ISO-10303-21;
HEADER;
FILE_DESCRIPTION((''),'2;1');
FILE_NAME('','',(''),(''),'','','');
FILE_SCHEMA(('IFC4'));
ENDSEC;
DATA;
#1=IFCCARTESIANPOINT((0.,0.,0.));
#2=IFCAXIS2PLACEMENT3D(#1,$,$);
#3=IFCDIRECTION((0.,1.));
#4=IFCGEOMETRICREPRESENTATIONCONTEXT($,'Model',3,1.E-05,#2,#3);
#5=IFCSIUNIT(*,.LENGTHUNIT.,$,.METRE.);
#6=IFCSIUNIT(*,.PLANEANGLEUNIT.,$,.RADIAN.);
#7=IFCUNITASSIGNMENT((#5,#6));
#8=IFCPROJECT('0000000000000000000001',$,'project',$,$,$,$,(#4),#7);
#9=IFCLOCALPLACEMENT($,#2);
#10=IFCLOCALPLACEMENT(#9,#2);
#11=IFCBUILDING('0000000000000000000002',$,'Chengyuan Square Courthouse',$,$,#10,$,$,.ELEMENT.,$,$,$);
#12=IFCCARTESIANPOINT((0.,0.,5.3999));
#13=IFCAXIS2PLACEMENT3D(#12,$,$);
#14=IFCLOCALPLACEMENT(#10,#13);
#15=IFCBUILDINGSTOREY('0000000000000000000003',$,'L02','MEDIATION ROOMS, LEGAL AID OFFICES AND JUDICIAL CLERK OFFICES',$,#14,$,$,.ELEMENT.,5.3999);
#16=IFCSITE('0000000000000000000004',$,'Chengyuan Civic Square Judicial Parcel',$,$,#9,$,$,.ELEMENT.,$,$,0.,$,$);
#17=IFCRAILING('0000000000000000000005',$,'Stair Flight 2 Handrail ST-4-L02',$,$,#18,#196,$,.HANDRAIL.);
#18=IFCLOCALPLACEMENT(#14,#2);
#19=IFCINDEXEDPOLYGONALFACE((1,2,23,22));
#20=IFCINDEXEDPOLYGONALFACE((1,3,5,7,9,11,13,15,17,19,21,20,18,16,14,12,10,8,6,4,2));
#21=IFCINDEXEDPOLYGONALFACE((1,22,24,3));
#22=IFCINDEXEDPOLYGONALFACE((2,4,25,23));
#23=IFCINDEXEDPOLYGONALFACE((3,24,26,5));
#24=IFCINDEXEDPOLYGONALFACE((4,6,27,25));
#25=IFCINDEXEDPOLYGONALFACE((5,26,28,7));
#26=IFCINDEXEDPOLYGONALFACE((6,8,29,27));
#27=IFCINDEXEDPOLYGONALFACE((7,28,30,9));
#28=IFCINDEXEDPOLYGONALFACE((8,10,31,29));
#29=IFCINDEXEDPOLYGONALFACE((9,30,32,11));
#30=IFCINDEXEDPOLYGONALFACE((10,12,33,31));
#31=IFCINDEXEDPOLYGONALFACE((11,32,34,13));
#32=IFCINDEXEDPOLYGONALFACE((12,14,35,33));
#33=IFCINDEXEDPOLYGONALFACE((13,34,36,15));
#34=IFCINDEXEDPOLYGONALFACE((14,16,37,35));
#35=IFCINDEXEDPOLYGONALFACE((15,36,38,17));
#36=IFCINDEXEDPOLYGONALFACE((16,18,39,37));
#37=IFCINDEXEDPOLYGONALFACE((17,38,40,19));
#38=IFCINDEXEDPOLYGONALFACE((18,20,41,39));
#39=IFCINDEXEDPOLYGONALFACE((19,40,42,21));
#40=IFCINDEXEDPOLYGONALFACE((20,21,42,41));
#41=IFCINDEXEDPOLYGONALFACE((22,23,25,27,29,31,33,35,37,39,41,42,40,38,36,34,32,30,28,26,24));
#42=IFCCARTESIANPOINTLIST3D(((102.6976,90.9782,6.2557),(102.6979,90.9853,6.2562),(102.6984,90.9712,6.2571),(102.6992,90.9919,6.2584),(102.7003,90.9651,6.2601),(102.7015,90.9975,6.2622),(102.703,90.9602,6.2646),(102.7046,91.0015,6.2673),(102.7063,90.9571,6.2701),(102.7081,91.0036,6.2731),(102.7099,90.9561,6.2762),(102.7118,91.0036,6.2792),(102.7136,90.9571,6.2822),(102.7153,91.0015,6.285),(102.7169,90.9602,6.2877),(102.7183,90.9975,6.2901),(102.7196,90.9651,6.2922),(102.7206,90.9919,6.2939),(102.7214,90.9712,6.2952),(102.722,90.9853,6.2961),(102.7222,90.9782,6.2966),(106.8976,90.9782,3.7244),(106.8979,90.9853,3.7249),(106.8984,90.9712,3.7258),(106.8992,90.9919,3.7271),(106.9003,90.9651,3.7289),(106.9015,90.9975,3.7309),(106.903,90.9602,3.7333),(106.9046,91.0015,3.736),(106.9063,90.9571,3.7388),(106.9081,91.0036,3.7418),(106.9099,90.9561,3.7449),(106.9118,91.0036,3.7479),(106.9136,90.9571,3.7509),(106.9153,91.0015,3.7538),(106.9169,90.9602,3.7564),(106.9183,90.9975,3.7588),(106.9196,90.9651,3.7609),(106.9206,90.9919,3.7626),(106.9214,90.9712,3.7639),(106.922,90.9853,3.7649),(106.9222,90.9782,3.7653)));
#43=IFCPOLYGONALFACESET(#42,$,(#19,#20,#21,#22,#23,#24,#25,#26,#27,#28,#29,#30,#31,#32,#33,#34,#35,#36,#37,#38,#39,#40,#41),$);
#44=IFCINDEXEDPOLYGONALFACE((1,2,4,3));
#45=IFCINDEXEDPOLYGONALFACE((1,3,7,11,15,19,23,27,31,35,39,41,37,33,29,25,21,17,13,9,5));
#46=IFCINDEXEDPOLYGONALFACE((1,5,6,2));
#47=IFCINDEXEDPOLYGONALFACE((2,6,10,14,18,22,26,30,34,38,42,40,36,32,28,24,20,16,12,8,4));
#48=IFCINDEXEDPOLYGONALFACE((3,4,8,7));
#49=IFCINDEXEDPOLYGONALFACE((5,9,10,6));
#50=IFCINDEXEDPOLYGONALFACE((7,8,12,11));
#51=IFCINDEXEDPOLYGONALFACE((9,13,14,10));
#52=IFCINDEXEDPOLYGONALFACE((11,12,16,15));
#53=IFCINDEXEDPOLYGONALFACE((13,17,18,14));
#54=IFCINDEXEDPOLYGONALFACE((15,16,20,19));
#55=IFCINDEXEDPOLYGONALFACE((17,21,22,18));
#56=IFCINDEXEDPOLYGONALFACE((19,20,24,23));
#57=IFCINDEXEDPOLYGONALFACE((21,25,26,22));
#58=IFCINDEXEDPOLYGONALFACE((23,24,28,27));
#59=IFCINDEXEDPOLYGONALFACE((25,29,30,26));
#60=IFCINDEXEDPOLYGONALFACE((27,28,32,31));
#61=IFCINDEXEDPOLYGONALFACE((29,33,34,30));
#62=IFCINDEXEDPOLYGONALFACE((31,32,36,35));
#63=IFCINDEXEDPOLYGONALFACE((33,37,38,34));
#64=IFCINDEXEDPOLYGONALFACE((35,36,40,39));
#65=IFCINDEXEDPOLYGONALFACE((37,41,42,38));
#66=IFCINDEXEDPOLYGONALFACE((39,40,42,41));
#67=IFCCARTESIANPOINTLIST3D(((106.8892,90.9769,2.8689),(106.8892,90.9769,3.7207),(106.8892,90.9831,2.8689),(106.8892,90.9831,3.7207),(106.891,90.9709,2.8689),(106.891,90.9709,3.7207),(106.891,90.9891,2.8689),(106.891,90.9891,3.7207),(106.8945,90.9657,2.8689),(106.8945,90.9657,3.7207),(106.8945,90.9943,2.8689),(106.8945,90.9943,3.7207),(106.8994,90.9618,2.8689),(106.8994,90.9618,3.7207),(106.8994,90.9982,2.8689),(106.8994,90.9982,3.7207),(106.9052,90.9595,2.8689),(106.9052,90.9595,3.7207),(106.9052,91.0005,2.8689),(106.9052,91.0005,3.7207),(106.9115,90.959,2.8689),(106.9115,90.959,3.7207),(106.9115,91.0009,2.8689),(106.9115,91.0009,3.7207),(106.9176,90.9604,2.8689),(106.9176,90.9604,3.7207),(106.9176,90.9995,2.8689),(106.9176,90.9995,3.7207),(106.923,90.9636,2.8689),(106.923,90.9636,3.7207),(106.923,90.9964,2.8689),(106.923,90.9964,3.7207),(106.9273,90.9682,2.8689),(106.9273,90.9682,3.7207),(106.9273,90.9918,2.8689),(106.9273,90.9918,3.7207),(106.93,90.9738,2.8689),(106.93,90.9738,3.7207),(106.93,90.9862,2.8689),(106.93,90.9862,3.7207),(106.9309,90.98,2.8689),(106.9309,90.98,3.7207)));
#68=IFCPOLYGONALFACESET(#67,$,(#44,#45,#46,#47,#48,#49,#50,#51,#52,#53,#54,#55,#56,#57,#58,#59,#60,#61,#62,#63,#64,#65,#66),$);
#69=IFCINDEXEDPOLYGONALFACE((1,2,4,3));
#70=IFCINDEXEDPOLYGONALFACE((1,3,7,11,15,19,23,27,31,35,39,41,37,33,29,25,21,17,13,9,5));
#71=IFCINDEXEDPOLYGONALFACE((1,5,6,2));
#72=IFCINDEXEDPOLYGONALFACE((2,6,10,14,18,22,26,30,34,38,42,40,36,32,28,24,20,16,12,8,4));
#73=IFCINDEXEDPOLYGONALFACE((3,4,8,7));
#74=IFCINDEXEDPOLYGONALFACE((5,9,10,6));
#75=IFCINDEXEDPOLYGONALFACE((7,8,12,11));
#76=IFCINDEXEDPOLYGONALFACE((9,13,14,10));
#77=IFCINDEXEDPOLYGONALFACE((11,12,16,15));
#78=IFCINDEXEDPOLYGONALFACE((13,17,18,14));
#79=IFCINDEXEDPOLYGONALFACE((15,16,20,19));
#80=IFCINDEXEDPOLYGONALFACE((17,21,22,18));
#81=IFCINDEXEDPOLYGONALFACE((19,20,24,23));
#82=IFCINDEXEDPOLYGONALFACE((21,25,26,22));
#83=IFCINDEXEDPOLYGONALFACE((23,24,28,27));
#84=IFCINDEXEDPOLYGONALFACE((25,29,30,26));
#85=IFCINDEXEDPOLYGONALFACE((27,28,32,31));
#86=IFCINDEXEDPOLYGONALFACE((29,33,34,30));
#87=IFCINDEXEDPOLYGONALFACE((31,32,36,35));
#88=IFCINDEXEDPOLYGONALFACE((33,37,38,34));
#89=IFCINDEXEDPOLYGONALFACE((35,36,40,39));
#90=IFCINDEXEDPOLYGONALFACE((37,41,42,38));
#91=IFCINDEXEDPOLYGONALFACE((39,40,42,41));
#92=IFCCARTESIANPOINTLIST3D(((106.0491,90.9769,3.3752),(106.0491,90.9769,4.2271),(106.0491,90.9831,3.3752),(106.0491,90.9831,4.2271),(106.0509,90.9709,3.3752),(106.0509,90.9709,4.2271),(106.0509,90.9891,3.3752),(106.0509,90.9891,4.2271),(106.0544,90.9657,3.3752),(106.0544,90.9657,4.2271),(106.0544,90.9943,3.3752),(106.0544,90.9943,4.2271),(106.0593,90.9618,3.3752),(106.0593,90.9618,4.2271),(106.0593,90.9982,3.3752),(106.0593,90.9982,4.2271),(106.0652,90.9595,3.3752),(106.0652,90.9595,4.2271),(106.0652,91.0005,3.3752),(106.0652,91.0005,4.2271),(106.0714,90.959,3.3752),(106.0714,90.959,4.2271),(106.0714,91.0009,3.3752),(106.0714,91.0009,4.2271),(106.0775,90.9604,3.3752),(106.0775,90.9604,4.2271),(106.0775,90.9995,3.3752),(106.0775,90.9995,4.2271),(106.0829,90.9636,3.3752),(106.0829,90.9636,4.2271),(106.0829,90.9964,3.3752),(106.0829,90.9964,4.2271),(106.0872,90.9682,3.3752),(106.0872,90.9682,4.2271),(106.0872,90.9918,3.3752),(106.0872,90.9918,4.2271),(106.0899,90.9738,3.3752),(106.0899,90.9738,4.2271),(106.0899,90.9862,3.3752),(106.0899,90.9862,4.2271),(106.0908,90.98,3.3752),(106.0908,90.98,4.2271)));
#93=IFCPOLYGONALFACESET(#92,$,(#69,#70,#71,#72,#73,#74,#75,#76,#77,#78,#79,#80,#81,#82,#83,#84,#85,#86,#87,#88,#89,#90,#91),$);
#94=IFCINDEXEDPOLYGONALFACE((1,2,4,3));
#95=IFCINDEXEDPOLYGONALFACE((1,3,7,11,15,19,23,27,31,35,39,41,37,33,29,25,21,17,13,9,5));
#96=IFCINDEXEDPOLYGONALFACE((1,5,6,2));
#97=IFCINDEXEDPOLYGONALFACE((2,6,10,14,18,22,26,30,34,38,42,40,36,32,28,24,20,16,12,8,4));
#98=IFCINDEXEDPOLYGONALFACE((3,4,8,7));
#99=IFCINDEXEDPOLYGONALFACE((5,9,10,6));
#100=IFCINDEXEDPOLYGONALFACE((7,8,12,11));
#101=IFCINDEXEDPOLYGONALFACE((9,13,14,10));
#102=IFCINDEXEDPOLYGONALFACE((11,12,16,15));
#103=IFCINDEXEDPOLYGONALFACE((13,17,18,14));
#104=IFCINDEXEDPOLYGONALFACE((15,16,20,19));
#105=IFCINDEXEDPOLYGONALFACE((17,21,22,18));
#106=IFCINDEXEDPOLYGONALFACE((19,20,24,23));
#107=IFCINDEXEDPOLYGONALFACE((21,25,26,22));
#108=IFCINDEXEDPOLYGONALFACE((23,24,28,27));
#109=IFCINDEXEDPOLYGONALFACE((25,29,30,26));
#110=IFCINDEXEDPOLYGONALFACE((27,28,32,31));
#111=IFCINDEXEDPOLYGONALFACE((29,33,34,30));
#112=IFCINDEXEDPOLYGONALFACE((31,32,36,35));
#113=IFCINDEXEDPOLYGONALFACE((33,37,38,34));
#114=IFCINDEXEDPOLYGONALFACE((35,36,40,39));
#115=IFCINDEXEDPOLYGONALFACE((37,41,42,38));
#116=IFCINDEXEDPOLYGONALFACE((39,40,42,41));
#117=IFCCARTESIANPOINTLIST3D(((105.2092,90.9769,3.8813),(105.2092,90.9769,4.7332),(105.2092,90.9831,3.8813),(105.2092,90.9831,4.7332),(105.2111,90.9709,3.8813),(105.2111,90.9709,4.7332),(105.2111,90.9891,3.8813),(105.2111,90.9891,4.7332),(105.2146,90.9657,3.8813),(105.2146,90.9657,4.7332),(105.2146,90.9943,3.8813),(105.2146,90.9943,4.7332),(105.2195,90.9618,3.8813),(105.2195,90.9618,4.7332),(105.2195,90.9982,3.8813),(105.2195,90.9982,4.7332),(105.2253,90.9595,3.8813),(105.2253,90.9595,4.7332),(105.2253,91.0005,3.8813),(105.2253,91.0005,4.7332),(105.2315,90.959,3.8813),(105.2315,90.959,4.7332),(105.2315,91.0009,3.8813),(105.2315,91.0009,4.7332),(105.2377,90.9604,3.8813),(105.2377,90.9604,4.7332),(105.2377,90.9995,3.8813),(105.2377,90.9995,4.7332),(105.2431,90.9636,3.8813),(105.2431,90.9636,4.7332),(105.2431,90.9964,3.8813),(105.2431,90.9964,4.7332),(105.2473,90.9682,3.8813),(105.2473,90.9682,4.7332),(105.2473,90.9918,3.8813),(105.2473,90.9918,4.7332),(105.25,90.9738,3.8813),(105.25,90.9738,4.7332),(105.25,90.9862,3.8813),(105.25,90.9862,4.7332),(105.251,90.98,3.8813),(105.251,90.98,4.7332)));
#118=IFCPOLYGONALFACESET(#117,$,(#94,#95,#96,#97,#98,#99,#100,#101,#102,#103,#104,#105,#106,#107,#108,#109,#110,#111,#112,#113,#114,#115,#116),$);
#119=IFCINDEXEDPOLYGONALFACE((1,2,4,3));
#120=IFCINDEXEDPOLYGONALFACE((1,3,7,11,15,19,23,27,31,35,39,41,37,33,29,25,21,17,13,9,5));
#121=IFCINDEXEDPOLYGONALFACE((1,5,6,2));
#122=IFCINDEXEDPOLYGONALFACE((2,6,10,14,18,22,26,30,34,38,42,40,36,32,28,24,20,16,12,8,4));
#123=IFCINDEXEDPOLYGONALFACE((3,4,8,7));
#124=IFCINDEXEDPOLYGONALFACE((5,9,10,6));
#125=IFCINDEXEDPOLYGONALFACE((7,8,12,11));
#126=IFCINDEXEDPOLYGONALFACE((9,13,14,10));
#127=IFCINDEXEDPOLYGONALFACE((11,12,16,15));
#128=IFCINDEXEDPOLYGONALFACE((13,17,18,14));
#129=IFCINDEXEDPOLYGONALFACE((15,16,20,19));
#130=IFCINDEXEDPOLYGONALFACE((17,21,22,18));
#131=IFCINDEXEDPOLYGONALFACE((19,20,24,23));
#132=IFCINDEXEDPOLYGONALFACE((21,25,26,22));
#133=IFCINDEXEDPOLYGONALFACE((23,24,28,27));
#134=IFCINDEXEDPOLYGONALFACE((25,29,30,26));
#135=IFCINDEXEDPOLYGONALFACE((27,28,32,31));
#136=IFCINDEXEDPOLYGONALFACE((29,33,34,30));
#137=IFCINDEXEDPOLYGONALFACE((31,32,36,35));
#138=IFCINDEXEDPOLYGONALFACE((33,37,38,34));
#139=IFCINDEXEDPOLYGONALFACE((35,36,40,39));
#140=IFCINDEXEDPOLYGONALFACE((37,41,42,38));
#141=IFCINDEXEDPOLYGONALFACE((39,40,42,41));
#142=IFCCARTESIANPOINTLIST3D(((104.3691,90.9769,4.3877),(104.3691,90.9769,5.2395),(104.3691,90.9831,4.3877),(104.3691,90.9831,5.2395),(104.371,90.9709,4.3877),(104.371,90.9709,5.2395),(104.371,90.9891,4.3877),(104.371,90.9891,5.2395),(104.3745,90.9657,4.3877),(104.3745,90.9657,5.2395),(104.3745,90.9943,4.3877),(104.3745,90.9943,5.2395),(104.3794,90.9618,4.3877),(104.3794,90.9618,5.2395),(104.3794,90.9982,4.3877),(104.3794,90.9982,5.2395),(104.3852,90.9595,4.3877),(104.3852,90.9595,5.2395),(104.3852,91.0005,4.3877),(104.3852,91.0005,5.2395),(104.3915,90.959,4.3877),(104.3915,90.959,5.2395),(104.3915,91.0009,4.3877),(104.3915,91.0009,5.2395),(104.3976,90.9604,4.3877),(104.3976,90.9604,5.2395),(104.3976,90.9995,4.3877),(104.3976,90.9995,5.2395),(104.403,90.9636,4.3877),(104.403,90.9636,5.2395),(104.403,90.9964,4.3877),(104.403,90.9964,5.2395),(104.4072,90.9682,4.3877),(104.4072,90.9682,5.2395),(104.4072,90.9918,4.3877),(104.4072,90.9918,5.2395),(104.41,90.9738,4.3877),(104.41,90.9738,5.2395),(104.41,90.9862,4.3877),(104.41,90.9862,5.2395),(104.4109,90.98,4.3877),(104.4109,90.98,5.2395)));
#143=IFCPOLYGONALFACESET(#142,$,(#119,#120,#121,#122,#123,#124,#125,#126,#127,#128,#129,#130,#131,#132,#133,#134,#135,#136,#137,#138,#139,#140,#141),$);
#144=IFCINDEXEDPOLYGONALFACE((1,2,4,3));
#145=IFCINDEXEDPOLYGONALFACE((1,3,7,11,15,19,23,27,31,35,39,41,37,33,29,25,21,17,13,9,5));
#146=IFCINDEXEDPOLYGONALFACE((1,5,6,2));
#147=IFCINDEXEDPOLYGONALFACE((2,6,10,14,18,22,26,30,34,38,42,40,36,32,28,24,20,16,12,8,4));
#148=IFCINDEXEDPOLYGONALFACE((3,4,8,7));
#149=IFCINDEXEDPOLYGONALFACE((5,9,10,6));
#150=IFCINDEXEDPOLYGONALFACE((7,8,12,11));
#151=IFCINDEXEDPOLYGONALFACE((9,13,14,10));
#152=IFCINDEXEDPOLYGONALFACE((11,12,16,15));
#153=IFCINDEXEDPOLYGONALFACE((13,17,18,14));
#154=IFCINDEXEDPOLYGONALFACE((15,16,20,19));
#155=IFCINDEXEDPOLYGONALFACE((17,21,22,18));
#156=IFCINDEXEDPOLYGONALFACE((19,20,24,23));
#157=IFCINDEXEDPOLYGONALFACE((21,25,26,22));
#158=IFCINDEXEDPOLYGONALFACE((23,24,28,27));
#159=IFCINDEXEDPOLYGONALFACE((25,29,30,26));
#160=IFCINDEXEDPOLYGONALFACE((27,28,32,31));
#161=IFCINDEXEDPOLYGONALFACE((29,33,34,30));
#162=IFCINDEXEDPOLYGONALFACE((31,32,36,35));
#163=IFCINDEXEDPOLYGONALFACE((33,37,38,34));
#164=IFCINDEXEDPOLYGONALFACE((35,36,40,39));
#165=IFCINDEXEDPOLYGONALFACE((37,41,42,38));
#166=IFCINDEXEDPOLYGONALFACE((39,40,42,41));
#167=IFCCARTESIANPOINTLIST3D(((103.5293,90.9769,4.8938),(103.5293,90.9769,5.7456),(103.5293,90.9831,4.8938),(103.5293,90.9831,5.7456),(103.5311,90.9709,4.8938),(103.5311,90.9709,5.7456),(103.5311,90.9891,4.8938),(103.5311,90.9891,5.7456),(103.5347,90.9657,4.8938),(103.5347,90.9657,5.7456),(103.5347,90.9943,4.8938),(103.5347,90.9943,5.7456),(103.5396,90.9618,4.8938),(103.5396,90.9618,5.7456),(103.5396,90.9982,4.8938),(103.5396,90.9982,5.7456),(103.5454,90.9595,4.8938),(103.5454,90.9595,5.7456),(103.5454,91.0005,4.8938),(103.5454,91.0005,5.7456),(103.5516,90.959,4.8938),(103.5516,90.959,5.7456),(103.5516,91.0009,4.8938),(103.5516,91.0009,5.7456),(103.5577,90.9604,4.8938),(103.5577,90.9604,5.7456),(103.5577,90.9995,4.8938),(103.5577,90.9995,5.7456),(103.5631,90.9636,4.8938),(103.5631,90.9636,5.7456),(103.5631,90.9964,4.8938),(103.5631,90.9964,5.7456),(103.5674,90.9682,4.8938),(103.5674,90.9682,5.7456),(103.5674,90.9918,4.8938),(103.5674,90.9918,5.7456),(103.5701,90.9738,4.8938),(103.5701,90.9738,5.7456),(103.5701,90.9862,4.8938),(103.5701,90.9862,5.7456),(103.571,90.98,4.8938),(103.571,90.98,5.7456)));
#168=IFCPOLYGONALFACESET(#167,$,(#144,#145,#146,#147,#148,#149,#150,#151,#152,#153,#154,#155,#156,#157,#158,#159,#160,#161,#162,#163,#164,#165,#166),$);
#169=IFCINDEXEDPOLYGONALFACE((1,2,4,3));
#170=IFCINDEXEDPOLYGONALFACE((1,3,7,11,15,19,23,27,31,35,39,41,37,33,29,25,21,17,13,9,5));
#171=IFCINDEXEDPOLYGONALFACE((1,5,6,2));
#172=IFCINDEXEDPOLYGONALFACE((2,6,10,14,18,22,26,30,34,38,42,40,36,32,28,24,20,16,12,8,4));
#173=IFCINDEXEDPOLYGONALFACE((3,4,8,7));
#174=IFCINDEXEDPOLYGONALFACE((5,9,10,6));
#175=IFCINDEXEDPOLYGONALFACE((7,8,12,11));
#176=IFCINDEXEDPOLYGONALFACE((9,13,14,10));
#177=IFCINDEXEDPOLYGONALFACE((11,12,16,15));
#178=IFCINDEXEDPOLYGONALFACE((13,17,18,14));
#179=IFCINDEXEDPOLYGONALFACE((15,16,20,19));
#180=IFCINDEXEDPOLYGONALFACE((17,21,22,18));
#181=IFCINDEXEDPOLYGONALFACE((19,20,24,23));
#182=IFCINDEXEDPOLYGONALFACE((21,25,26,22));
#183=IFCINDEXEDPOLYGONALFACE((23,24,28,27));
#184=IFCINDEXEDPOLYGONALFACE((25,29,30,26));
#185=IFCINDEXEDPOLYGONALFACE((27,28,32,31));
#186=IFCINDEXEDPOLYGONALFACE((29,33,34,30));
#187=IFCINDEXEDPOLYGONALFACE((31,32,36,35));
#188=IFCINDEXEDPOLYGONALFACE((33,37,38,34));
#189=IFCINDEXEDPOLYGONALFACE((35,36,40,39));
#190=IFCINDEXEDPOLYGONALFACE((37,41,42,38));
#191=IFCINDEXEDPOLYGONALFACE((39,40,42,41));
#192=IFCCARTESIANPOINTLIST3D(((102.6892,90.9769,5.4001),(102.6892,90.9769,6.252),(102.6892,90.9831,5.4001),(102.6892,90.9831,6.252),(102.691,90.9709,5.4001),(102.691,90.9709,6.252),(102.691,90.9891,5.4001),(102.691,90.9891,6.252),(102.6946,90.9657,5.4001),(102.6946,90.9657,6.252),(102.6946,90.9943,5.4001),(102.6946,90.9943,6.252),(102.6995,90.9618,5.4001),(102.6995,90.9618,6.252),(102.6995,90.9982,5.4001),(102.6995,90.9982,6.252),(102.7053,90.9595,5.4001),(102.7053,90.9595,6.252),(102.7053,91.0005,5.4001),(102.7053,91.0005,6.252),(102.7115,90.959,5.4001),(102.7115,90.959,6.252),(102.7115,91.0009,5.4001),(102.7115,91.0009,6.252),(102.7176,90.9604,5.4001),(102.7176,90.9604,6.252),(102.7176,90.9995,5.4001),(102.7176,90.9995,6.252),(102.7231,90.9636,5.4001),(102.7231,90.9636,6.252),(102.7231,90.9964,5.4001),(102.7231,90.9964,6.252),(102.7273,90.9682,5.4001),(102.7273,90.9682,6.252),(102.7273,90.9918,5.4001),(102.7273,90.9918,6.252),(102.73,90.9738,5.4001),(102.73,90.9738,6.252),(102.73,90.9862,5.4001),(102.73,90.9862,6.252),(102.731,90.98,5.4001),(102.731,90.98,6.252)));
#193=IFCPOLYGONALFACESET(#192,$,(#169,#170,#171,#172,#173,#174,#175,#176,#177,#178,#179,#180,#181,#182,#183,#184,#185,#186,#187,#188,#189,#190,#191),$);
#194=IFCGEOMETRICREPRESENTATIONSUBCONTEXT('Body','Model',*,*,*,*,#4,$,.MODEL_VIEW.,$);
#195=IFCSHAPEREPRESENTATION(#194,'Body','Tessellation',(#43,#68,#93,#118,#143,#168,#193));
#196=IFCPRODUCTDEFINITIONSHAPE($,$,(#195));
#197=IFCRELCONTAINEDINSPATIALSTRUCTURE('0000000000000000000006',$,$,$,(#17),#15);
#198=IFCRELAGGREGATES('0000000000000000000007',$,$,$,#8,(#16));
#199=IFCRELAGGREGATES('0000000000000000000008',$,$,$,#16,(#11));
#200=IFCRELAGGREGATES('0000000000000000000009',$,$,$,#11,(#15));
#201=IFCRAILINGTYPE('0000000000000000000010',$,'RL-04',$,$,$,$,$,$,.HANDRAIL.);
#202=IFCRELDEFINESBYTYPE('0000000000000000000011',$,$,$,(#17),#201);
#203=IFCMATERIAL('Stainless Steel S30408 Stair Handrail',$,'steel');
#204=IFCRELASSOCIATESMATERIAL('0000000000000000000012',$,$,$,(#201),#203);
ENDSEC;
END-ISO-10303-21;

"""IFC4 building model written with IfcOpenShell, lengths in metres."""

from ifc_helpers import new_model, si_unit, direction, frame, origin, origin_2d, place, context, subcontext, project, spatial, circle, extrude, material, type_object, element, save


model = new_model("IFC4")

# Units and contexts
model_context = context("Model", 3, precision=1e-05, world=origin(), true_north=direction((0.0, 1.0)))
body_context = subcontext(model_context, "Body", "Model", "MODEL_VIEW")
ifc_project = project(units=[si_unit("LENGTHUNIT", "METRE"), si_unit("PLANEANGLEUNIT", "RADIAN")], contexts=[model_context])

# Site, building, storey
site_placement = place(None, origin())
site = spatial("IfcSite", under=ifc_project, at=site_placement, Name="Chengyuan Civic Square Judicial Parcel", CompositionType="ELEMENT", RefElevation=0.0)
building_placement = place(site_placement, origin())
building = spatial("IfcBuilding", under=site, at=building_placement, Name="Chengyuan Square Courthouse", CompositionType="ELEMENT")
storey_placement = place(building_placement, frame((0.0, 0.0, 5.3999)))
storey = spatial("IfcBuildingStorey", under=building, at=storey_placement, Name="L02", Description="MEDIATION ROOMS, LEGAL AID OFFICES AND JUDICIAL CLERK OFFICES", CompositionType="ELEMENT", Elevation=5.3999)

# Railing
ifc_material_1 = material(Name="Stainless Steel S30408 Stair Handrail", Category="steel")
railing_type_1 = type_object("IfcRailingType", Name="RL-04", PredefinedType="HANDRAIL", material=ifc_material_1)
railing_1_placement = place(storey_placement, frame((106.9099, 90.98, 2.8689)))
element("IfcRailing", 1, at=railing_1_placement, inside=storey, type_object=railing_type_1, Name="Stair Flight 2 Handrail ST-4-L02", PredefinedType="HANDRAIL", context=body_context, shape_type="SweptSolid", body=[
    extrude(circle(Radius=0.0239, at=origin_2d()), frame((0.0, 0.0, 0.876), z_axis=(-0.856476, 0.0, 0.516186), x_axis=(0.0, -1.0, 0.0)), (0.0, 0.0, 1.0), 4.9038),
    extrude(circle(Radius=0.021, at=origin_2d()), origin(), (0.0, 0.0, 1.0), 0.8518),
    extrude(circle(Radius=0.021, at=origin_2d()), frame((-0.8401, 0.0, 0.5063)), (0.0, 0.0, 1.0), 0.8518),
    extrude(circle(Radius=0.021, at=origin_2d()), frame((-1.6799, 0.0, 1.0125)), (0.0, 0.0, 1.0), 0.8518),
    extrude(circle(Radius=0.021, at=origin_2d()), frame((-2.52, 0.0, 1.5188)), (0.0, 0.0, 1.0), 0.8518),
    extrude(circle(Radius=0.021, at=origin_2d()), frame((-3.3599, 0.0, 2.0249)), (0.0, 0.0, 1.0), 0.8518),
    extrude(circle(Radius=0.021, at=origin_2d()), frame((-4.2, 0.0, 2.5312)), (0.0, 0.0, 1.0), 0.8518),
])

save(model, "model.ifc")
